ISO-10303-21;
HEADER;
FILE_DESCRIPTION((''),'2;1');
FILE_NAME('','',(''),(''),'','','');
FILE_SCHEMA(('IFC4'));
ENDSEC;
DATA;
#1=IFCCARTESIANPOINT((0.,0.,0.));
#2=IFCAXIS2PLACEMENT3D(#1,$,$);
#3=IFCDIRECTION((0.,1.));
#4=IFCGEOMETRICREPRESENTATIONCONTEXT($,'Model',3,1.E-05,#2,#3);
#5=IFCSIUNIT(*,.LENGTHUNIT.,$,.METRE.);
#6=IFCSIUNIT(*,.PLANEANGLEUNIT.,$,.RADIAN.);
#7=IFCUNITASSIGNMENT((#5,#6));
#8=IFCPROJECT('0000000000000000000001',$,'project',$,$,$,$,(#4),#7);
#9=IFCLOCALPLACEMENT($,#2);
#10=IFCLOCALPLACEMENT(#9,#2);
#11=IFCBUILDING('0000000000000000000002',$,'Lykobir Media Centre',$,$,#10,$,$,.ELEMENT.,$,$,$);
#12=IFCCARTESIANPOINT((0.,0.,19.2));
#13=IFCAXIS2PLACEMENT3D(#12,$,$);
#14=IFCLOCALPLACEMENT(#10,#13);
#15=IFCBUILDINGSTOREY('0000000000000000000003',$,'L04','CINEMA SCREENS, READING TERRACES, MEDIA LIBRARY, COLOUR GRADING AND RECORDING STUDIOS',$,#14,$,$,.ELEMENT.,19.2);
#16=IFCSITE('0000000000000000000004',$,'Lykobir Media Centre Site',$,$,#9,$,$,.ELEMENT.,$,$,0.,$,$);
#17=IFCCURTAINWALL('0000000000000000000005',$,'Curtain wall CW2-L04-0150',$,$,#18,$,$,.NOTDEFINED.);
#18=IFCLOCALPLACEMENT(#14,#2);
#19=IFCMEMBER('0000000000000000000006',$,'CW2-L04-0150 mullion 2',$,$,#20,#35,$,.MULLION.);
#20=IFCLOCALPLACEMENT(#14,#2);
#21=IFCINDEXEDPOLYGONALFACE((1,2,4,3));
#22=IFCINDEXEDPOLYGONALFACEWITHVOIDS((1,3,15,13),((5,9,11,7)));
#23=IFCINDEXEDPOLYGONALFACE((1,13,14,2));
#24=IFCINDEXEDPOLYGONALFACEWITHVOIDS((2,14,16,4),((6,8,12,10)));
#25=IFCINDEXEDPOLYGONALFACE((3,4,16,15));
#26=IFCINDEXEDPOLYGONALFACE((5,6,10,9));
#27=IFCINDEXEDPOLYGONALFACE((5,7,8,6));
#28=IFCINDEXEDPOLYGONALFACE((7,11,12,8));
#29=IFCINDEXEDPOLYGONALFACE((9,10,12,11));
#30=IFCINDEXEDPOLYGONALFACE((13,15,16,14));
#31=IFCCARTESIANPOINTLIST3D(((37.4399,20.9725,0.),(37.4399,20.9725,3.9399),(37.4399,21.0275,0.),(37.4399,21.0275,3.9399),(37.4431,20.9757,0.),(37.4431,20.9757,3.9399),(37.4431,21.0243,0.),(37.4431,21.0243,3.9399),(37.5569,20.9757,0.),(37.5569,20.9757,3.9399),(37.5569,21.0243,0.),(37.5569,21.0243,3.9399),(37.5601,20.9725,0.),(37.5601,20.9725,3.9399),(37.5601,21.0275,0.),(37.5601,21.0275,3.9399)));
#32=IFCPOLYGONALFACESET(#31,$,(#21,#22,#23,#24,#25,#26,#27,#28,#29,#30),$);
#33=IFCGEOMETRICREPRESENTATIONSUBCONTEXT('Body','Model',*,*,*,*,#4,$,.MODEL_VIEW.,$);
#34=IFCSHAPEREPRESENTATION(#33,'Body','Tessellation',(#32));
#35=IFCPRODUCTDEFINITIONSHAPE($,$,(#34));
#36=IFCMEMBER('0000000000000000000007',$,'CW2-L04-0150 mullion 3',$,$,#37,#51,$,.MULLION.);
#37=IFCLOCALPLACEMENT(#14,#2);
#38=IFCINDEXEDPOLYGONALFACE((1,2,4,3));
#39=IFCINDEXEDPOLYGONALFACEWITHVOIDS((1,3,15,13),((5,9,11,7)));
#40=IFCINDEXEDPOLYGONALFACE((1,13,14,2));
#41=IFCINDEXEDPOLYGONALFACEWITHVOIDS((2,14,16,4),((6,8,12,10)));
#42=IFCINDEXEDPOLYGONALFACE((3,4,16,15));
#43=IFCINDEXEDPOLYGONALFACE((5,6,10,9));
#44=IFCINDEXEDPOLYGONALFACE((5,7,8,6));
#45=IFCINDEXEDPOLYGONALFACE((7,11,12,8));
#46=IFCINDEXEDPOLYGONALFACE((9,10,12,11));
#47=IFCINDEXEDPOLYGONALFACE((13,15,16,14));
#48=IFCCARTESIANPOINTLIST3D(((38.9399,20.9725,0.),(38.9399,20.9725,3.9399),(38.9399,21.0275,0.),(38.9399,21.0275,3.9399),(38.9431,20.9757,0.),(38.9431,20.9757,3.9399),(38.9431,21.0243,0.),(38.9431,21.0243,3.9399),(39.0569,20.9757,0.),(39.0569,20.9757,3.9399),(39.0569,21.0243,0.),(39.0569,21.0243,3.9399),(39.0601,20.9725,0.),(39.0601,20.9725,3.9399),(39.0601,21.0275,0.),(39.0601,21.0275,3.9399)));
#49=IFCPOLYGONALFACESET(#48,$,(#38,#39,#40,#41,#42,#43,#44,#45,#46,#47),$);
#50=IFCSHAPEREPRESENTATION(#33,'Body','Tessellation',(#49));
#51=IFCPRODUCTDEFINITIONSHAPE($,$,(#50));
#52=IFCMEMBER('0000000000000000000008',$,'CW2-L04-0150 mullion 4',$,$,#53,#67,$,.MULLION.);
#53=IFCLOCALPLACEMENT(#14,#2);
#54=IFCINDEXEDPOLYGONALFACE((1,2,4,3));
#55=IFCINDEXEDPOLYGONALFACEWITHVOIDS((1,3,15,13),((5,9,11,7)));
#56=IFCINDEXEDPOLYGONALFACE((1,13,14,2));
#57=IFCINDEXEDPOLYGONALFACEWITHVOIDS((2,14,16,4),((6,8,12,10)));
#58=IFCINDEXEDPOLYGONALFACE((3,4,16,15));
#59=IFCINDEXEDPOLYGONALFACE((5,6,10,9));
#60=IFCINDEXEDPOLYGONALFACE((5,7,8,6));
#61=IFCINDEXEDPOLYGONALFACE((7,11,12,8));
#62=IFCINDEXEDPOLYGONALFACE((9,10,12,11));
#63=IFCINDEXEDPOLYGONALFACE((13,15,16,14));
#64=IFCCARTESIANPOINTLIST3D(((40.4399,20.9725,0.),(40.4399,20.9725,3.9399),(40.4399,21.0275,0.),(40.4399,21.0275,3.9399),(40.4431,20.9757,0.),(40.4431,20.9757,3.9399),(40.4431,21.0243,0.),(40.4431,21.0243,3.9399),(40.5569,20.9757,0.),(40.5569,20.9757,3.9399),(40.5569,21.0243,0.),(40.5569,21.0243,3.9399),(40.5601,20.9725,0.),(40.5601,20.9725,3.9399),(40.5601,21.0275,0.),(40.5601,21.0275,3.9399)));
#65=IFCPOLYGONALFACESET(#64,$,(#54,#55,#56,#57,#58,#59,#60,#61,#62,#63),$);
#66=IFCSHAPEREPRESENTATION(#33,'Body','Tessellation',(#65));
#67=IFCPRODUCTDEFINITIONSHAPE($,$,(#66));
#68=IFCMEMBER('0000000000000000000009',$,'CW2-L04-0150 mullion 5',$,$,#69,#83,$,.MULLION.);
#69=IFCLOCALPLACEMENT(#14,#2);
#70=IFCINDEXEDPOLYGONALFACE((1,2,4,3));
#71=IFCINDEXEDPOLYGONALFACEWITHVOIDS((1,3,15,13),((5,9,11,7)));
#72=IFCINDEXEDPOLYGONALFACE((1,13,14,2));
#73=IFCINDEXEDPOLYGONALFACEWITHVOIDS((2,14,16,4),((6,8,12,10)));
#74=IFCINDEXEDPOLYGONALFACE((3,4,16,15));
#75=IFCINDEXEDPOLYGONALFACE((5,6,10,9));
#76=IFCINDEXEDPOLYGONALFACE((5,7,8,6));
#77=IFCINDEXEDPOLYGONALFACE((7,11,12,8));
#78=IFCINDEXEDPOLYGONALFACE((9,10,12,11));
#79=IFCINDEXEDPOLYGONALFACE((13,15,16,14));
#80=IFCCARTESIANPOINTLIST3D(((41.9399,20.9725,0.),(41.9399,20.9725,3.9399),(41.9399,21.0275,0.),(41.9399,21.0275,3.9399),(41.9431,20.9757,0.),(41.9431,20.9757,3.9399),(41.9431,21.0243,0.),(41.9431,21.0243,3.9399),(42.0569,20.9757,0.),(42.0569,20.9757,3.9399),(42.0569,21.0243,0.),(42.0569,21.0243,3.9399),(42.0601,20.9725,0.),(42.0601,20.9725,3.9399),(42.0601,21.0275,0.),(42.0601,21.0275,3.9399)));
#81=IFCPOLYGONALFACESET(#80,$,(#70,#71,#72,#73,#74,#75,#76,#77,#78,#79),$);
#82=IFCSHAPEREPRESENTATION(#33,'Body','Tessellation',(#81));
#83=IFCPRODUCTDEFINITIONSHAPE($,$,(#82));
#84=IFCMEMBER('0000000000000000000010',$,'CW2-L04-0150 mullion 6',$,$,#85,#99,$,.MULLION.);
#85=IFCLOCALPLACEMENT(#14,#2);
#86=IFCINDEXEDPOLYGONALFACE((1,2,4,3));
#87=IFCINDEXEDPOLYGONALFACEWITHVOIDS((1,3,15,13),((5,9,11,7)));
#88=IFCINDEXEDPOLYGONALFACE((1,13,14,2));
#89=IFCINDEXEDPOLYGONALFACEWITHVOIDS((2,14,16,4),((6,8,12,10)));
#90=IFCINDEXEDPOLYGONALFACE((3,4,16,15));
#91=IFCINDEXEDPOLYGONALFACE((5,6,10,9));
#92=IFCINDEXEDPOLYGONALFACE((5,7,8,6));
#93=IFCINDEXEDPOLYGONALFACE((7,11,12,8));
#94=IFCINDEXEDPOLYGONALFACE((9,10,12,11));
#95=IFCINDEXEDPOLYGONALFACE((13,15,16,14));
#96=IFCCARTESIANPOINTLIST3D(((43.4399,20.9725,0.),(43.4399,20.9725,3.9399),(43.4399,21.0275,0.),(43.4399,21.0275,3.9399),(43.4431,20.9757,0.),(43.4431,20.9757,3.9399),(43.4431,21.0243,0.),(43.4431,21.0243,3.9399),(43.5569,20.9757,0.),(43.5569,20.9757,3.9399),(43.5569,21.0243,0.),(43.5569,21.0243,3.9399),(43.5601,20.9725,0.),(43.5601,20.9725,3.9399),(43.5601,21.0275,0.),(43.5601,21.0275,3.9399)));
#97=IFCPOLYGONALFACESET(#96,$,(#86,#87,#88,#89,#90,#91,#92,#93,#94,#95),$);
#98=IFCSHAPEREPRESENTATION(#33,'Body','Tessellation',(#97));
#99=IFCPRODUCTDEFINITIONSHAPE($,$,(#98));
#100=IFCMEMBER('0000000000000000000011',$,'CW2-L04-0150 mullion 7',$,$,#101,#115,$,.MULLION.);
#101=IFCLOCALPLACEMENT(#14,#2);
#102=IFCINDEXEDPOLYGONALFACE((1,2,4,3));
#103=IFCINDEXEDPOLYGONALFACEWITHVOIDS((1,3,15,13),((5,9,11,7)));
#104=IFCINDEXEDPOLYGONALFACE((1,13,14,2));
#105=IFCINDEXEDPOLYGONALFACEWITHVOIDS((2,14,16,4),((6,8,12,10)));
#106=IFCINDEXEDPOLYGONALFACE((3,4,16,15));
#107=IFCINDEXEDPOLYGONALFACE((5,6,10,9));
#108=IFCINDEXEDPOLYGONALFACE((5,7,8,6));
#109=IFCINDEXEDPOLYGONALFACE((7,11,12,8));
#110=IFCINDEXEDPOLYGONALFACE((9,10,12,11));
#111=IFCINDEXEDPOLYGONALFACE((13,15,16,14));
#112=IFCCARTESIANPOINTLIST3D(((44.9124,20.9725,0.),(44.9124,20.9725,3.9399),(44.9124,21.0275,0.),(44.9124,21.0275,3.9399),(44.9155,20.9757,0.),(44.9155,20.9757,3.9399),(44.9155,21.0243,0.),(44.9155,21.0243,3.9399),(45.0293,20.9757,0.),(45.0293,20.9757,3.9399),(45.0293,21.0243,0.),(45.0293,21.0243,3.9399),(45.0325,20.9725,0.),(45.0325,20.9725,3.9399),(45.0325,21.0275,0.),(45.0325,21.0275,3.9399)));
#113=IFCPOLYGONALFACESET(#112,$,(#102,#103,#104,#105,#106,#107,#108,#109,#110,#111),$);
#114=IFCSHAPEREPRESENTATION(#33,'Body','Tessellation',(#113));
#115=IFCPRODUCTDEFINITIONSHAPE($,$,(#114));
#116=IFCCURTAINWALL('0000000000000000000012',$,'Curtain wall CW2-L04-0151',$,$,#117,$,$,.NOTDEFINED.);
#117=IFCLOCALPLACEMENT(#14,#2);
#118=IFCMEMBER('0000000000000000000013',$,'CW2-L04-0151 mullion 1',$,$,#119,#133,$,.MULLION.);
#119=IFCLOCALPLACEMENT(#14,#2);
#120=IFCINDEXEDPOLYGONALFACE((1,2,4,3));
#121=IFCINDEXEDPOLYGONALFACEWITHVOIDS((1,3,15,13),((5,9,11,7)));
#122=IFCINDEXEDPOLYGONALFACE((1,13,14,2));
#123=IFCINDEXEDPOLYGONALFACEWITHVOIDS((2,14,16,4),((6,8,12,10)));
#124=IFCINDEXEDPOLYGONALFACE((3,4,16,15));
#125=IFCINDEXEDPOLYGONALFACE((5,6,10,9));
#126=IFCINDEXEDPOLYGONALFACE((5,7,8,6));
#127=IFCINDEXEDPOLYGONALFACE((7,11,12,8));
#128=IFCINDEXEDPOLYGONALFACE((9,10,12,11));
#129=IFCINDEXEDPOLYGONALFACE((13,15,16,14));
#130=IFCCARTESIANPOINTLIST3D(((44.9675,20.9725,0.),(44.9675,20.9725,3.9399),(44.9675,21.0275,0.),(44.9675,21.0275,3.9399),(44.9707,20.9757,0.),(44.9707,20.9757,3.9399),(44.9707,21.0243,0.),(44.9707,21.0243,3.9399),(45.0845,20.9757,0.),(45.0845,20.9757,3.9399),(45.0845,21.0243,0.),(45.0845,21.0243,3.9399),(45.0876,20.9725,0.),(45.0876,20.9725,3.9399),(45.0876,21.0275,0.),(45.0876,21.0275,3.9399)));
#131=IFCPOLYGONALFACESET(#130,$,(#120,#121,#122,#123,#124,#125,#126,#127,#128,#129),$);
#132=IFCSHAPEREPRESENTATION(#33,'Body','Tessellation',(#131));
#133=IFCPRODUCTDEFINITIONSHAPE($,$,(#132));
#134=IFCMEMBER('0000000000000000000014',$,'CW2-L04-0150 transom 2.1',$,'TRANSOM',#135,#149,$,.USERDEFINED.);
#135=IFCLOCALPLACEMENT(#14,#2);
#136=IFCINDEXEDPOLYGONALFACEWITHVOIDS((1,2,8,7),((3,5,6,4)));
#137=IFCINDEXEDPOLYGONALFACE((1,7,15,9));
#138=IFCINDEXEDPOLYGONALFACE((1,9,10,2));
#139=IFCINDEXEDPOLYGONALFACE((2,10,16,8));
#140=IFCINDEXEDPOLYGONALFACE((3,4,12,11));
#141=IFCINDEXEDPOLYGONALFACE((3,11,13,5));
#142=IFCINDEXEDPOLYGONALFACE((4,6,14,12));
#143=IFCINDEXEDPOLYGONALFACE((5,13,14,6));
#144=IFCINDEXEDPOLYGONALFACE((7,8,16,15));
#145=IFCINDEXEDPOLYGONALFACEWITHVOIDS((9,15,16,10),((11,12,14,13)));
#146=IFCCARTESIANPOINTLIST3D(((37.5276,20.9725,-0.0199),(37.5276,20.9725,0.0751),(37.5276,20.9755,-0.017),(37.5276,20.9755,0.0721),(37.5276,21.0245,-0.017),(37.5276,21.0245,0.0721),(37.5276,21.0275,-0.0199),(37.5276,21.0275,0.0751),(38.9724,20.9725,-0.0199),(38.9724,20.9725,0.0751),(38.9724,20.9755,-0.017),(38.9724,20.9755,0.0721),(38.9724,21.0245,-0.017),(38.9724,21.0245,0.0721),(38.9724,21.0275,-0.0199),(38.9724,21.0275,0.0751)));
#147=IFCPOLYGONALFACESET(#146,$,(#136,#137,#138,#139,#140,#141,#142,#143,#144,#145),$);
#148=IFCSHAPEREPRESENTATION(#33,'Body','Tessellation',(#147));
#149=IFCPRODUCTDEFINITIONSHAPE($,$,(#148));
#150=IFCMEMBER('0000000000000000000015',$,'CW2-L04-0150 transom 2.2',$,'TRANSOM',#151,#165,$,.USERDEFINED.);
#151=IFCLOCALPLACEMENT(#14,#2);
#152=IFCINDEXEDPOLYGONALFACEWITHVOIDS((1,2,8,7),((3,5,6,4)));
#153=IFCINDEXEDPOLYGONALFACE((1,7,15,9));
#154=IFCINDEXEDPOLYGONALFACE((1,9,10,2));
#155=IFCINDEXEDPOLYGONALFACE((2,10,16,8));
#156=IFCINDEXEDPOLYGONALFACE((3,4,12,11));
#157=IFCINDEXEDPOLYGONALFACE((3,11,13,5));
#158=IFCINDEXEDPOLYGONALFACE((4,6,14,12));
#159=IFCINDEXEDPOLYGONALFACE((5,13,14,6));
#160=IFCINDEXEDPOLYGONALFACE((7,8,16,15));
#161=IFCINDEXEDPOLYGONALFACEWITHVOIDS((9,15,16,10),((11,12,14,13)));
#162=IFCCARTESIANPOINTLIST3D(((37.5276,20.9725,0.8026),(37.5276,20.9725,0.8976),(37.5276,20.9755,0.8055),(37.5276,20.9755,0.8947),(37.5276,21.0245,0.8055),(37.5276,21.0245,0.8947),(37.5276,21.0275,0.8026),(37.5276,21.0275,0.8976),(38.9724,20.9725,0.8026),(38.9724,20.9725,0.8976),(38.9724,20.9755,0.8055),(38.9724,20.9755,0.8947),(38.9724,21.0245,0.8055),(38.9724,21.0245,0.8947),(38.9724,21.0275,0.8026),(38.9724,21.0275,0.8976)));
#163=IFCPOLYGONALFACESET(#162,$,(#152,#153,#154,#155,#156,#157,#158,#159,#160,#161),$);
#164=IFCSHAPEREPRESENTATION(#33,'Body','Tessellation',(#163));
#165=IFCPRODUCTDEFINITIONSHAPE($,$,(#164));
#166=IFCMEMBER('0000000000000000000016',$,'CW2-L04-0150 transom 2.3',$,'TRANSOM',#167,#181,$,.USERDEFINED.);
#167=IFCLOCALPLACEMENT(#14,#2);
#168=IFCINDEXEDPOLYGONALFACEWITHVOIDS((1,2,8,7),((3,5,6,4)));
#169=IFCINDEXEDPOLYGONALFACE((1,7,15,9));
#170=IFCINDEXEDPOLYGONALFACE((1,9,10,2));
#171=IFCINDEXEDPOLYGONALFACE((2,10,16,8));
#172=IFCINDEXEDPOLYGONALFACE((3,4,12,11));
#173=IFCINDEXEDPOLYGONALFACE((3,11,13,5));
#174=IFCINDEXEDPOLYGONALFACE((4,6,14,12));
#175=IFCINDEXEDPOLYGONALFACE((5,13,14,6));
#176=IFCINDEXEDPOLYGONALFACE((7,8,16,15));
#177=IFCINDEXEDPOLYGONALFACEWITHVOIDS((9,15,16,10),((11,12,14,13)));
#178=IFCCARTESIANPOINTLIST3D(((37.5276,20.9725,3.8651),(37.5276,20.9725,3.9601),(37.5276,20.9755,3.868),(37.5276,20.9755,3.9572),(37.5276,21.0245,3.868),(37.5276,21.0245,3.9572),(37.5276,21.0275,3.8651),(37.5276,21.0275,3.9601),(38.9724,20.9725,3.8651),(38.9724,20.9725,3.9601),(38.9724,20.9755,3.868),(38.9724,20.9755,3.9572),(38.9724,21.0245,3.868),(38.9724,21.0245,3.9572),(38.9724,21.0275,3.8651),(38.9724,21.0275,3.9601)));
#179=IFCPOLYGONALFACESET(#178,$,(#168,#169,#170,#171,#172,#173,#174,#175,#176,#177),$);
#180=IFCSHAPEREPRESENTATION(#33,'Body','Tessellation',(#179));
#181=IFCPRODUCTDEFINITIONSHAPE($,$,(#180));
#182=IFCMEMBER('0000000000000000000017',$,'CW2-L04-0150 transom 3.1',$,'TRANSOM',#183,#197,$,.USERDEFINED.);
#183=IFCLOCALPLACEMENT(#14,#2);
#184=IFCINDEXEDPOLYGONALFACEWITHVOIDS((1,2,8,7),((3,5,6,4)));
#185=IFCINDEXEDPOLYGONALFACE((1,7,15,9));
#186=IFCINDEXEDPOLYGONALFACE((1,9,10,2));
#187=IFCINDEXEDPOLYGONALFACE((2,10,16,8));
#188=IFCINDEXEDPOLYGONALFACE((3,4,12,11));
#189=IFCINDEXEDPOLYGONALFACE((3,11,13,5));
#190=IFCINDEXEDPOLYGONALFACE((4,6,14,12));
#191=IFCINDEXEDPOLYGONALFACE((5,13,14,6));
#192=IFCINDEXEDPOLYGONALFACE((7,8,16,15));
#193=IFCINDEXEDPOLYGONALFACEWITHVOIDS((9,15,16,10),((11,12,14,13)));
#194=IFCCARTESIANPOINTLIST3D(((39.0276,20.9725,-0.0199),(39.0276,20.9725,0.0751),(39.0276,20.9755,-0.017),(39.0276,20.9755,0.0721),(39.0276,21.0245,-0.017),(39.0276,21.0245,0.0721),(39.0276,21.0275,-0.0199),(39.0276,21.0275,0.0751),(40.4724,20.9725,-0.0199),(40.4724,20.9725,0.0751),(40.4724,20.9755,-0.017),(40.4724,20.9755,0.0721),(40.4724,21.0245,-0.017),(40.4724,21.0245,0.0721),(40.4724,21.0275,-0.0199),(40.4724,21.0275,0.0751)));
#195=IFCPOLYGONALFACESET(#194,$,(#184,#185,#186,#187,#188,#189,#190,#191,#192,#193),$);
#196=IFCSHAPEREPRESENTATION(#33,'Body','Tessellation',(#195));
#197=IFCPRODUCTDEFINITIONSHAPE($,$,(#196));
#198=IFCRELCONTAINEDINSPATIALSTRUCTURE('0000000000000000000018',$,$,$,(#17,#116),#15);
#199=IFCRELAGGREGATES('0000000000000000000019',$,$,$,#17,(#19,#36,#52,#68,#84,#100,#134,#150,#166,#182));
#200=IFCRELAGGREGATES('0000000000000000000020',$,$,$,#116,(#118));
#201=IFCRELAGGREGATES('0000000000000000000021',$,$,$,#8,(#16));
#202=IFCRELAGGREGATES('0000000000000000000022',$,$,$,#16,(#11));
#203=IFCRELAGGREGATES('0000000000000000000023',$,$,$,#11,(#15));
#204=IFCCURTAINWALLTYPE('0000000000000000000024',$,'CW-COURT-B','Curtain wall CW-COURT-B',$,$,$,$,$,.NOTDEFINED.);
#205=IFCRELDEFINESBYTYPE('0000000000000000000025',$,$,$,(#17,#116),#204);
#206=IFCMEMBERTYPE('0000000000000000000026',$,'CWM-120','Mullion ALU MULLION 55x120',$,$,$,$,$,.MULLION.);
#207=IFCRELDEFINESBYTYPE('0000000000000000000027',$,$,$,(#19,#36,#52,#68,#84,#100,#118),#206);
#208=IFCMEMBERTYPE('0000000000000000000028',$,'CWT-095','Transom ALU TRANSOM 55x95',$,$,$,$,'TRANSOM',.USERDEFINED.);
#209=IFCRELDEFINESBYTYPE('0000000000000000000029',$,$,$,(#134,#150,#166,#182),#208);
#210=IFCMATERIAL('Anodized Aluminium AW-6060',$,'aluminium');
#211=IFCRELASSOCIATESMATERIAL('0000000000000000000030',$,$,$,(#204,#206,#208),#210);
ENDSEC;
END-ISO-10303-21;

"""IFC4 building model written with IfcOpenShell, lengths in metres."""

from ifc_helpers import new_model, si_unit, direction, frame, origin, origin_2d, place, context, subcontext, project, spatial, hollow_rectangle, extrude, material, material_profile, profile_set, type_object, element, aggregate, save


model = new_model("IFC4")

# Units and contexts
model_context = context("Model", 3, precision=1e-05, world=origin(), true_north=direction((0.0, 1.0)))
body_context = subcontext(model_context, "Body", "Model", "MODEL_VIEW")
ifc_project = project(units=[si_unit("LENGTHUNIT", "METRE"), si_unit("PLANEANGLEUNIT", "RADIAN")], contexts=[model_context])

# Site, building, storey
site_placement = place(None, origin())
site = spatial("IfcSite", under=ifc_project, at=site_placement, Name="Lykobir Media Centre Site", CompositionType="ELEMENT", RefElevation=0.0)
building_placement = place(site_placement, origin())
building = spatial("IfcBuilding", under=site, at=building_placement, Name="Lykobir Media Centre", CompositionType="ELEMENT")
storey_placement = place(building_placement, frame((0.0, 0.0, 19.2)))
storey = spatial("IfcBuildingStorey", under=building, at=storey_placement, Name="L04", Description="CINEMA SCREENS, READING TERRACES, MEDIA LIBRARY, COLOUR GRADING AND RECORDING STUDIOS", CompositionType="ELEMENT", Elevation=19.2)

# Curtain wall, members
ifc_material_1 = material(Name="Anodized Aluminium AW-6060", Category="aluminium")
curtain_wall_type = type_object("IfcCurtainWallType", Name="CW-COURT-B", Description="Curtain wall CW-COURT-B", PredefinedType="NOTDEFINED", material=ifc_material_1)
curtain_wall_1_placement = place(storey_placement, origin())
curtain_wall_1 = element("IfcCurtainWall", 1, at=curtain_wall_1_placement, inside=storey, type_object=curtain_wall_type, Name="Curtain wall CW2-L04-0150", PredefinedType="NOTDEFINED")
ifc_material_profile_1 = material_profile(ifc_material_1, hollow_rectangle(XDim=0.0549, YDim=0.1201, WallThickness=0.0032, at=origin_2d()), Name="ALU MULLION 55x120")
ifc_profile_set_1 = profile_set([ifc_material_profile_1], Name="Anodized Aluminium AW-6060")
member_type_1 = type_object("IfcMemberType", Name="CWM-120", Description="Mullion ALU MULLION 55x120", PredefinedType="MULLION", material=ifc_profile_set_1)
member_1_placement = place(storey_placement, frame((37.5, 21.0, 0.0), z_axis=(0.0, 0.0, 1.0), x_axis=(0.0, 1.0, 0.0)))
member_1 = element("IfcMember", 2, at=member_1_placement, type_object=member_type_1, Name="CW2-L04-0150 mullion 2", PredefinedType="MULLION", context=body_context, shape_type="SweptSolid", body=[
    extrude(hollow_rectangle(XDim=0.0549, YDim=0.1201, WallThickness=0.0032, at=origin_2d()), origin(), (0.0, 0.0, 1.0), 3.9399),
])
member_2_placement = place(storey_placement, frame((39.0, 21.0, 0.0), z_axis=(0.0, 0.0, 1.0), x_axis=(0.0, 1.0, 0.0)))
member_2 = element("IfcMember", 3, at=member_2_placement, type_object=member_type_1, Name="CW2-L04-0150 mullion 3", PredefinedType="MULLION", context=body_context, shape_type="SweptSolid", body=[
    extrude(hollow_rectangle(XDim=0.0549, YDim=0.1201, WallThickness=0.0032, at=origin_2d()), origin(), (0.0, 0.0, 1.0), 3.9399),
])
member_3_placement = place(storey_placement, frame((40.5, 21.0, 0.0), z_axis=(0.0, 0.0, 1.0), x_axis=(0.0, 1.0, 0.0)))
member_3 = element("IfcMember", 4, at=member_3_placement, type_object=member_type_1, Name="CW2-L04-0150 mullion 4", PredefinedType="MULLION", context=body_context, shape_type="SweptSolid", body=[
    extrude(hollow_rectangle(XDim=0.0549, YDim=0.1201, WallThickness=0.0032, at=origin_2d()), origin(), (0.0, 0.0, 1.0), 3.9399),
])
member_4_placement = place(storey_placement, frame((42.0, 21.0, 0.0), z_axis=(0.0, 0.0, 1.0), x_axis=(0.0, 1.0, 0.0)))
member_4 = element("IfcMember", 5, at=member_4_placement, type_object=member_type_1, Name="CW2-L04-0150 mullion 5", PredefinedType="MULLION", context=body_context, shape_type="SweptSolid", body=[
    extrude(hollow_rectangle(XDim=0.0549, YDim=0.1201, WallThickness=0.0032, at=origin_2d()), origin(), (0.0, 0.0, 1.0), 3.9399),
])
member_5_placement = place(storey_placement, frame((43.5, 21.0, 0.0), z_axis=(0.0, 0.0, 1.0), x_axis=(0.0, 1.0, 0.0)))
member_5 = element("IfcMember", 6, at=member_5_placement, type_object=member_type_1, Name="CW2-L04-0150 mullion 6", PredefinedType="MULLION", context=body_context, shape_type="SweptSolid", body=[
    extrude(hollow_rectangle(XDim=0.0549, YDim=0.1201, WallThickness=0.0032, at=origin_2d()), origin(), (0.0, 0.0, 1.0), 3.9399),
])
member_6_placement = place(storey_placement, frame((44.9724, 21.0, 0.0), z_axis=(0.0, 0.0, 1.0), x_axis=(0.0, 1.0, 0.0)))
member_6 = element("IfcMember", 7, at=member_6_placement, type_object=member_type_1, Name="CW2-L04-0150 mullion 7", PredefinedType="MULLION", context=body_context, shape_type="SweptSolid", body=[
    extrude(hollow_rectangle(XDim=0.0549, YDim=0.1201, WallThickness=0.0032, at=origin_2d()), origin(), (0.0, 0.0, 1.0), 3.9399),
])

# Curtain wall, member
curtain_wall_2_placement = place(storey_placement, origin())
curtain_wall_2 = element("IfcCurtainWall", 8, at=curtain_wall_2_placement, inside=storey, type_object=curtain_wall_type, Name="Curtain wall CW2-L04-0151", PredefinedType="NOTDEFINED")
member_7_placement = place(storey_placement, frame((45.0276, 21.0, 0.0), z_axis=(0.0, 0.0, 1.0), x_axis=(0.0, 1.0, 0.0)))
member_7 = element("IfcMember", 9, at=member_7_placement, type_object=member_type_1, Name="CW2-L04-0151 mullion 1", PredefinedType="MULLION", context=body_context, shape_type="SweptSolid", body=[
    extrude(hollow_rectangle(XDim=0.0549, YDim=0.1201, WallThickness=0.0032, at=origin_2d()), origin(), (0.0, 0.0, 1.0), 3.9399),
])

# Members
ifc_material_profile_2 = material_profile(ifc_material_1, hollow_rectangle(XDim=0.0549, YDim=0.095, WallThickness=0.0029, at=origin_2d()), Name="ALU TRANSOM 55x95")
ifc_profile_set_2 = profile_set([ifc_material_profile_2], Name="Anodized Aluminium AW-6060")
member_type_2 = type_object("IfcMemberType", Name="CWT-095", Description="Transom ALU TRANSOM 55x95", ElementType="TRANSOM", PredefinedType="USERDEFINED", material=ifc_profile_set_2)
member_8_placement = place(storey_placement, frame((37.5276, 21.0, 0.0276), z_axis=(1.0, 0.0, 0.0), x_axis=(0.0, 1.0, 0.0)))
member_8 = element("IfcMember", 10, at=member_8_placement, type_object=member_type_2, Name="CW2-L04-0150 transom 2.1", ObjectType="TRANSOM", PredefinedType="USERDEFINED", context=body_context, shape_type="SweptSolid", body=[
    extrude(hollow_rectangle(XDim=0.0549, YDim=0.095, WallThickness=0.0029, at=origin_2d()), origin(), (0.0, 0.0, 1.0), 1.4448),
])
member_9_placement = place(storey_placement, frame((37.5276, 21.0, 0.8501), z_axis=(1.0, 0.0, 0.0), x_axis=(0.0, 1.0, 0.0)))
member_9 = element("IfcMember", 11, at=member_9_placement, type_object=member_type_2, Name="CW2-L04-0150 transom 2.2", ObjectType="TRANSOM", PredefinedType="USERDEFINED", context=body_context, shape_type="SweptSolid", body=[
    extrude(hollow_rectangle(XDim=0.0549, YDim=0.095, WallThickness=0.0029, at=origin_2d()), origin(), (0.0, 0.0, 1.0), 1.4448),
])
member_10_placement = place(storey_placement, frame((37.5276, 21.0, 3.9126), z_axis=(1.0, 0.0, 0.0), x_axis=(0.0, 1.0, 0.0)))
member_10 = element("IfcMember", 12, at=member_10_placement, type_object=member_type_2, Name="CW2-L04-0150 transom 2.3", ObjectType="TRANSOM", PredefinedType="USERDEFINED", context=body_context, shape_type="SweptSolid", body=[
    extrude(hollow_rectangle(XDim=0.0549, YDim=0.095, WallThickness=0.0029, at=origin_2d()), origin(), (0.0, 0.0, 1.0), 1.4448),
])
member_11_placement = place(storey_placement, frame((39.0276, 21.0, 0.0276), z_axis=(1.0, 0.0, 0.0), x_axis=(0.0, 1.0, 0.0)))
member_11 = element("IfcMember", 13, at=member_11_placement, type_object=member_type_2, Name="CW2-L04-0150 transom 3.1", ObjectType="TRANSOM", PredefinedType="USERDEFINED", context=body_context, shape_type="SweptSolid", body=[
    extrude(hollow_rectangle(XDim=0.0549, YDim=0.095, WallThickness=0.0029, at=origin_2d()), origin(), (0.0, 0.0, 1.0), 1.4448),
])

aggregate(curtain_wall_1, [member_1, member_2, member_3, member_4, member_5, member_6, member_8, member_9, member_10, member_11])
aggregate(curtain_wall_2, [member_7])

save(model, "model.ifc")
